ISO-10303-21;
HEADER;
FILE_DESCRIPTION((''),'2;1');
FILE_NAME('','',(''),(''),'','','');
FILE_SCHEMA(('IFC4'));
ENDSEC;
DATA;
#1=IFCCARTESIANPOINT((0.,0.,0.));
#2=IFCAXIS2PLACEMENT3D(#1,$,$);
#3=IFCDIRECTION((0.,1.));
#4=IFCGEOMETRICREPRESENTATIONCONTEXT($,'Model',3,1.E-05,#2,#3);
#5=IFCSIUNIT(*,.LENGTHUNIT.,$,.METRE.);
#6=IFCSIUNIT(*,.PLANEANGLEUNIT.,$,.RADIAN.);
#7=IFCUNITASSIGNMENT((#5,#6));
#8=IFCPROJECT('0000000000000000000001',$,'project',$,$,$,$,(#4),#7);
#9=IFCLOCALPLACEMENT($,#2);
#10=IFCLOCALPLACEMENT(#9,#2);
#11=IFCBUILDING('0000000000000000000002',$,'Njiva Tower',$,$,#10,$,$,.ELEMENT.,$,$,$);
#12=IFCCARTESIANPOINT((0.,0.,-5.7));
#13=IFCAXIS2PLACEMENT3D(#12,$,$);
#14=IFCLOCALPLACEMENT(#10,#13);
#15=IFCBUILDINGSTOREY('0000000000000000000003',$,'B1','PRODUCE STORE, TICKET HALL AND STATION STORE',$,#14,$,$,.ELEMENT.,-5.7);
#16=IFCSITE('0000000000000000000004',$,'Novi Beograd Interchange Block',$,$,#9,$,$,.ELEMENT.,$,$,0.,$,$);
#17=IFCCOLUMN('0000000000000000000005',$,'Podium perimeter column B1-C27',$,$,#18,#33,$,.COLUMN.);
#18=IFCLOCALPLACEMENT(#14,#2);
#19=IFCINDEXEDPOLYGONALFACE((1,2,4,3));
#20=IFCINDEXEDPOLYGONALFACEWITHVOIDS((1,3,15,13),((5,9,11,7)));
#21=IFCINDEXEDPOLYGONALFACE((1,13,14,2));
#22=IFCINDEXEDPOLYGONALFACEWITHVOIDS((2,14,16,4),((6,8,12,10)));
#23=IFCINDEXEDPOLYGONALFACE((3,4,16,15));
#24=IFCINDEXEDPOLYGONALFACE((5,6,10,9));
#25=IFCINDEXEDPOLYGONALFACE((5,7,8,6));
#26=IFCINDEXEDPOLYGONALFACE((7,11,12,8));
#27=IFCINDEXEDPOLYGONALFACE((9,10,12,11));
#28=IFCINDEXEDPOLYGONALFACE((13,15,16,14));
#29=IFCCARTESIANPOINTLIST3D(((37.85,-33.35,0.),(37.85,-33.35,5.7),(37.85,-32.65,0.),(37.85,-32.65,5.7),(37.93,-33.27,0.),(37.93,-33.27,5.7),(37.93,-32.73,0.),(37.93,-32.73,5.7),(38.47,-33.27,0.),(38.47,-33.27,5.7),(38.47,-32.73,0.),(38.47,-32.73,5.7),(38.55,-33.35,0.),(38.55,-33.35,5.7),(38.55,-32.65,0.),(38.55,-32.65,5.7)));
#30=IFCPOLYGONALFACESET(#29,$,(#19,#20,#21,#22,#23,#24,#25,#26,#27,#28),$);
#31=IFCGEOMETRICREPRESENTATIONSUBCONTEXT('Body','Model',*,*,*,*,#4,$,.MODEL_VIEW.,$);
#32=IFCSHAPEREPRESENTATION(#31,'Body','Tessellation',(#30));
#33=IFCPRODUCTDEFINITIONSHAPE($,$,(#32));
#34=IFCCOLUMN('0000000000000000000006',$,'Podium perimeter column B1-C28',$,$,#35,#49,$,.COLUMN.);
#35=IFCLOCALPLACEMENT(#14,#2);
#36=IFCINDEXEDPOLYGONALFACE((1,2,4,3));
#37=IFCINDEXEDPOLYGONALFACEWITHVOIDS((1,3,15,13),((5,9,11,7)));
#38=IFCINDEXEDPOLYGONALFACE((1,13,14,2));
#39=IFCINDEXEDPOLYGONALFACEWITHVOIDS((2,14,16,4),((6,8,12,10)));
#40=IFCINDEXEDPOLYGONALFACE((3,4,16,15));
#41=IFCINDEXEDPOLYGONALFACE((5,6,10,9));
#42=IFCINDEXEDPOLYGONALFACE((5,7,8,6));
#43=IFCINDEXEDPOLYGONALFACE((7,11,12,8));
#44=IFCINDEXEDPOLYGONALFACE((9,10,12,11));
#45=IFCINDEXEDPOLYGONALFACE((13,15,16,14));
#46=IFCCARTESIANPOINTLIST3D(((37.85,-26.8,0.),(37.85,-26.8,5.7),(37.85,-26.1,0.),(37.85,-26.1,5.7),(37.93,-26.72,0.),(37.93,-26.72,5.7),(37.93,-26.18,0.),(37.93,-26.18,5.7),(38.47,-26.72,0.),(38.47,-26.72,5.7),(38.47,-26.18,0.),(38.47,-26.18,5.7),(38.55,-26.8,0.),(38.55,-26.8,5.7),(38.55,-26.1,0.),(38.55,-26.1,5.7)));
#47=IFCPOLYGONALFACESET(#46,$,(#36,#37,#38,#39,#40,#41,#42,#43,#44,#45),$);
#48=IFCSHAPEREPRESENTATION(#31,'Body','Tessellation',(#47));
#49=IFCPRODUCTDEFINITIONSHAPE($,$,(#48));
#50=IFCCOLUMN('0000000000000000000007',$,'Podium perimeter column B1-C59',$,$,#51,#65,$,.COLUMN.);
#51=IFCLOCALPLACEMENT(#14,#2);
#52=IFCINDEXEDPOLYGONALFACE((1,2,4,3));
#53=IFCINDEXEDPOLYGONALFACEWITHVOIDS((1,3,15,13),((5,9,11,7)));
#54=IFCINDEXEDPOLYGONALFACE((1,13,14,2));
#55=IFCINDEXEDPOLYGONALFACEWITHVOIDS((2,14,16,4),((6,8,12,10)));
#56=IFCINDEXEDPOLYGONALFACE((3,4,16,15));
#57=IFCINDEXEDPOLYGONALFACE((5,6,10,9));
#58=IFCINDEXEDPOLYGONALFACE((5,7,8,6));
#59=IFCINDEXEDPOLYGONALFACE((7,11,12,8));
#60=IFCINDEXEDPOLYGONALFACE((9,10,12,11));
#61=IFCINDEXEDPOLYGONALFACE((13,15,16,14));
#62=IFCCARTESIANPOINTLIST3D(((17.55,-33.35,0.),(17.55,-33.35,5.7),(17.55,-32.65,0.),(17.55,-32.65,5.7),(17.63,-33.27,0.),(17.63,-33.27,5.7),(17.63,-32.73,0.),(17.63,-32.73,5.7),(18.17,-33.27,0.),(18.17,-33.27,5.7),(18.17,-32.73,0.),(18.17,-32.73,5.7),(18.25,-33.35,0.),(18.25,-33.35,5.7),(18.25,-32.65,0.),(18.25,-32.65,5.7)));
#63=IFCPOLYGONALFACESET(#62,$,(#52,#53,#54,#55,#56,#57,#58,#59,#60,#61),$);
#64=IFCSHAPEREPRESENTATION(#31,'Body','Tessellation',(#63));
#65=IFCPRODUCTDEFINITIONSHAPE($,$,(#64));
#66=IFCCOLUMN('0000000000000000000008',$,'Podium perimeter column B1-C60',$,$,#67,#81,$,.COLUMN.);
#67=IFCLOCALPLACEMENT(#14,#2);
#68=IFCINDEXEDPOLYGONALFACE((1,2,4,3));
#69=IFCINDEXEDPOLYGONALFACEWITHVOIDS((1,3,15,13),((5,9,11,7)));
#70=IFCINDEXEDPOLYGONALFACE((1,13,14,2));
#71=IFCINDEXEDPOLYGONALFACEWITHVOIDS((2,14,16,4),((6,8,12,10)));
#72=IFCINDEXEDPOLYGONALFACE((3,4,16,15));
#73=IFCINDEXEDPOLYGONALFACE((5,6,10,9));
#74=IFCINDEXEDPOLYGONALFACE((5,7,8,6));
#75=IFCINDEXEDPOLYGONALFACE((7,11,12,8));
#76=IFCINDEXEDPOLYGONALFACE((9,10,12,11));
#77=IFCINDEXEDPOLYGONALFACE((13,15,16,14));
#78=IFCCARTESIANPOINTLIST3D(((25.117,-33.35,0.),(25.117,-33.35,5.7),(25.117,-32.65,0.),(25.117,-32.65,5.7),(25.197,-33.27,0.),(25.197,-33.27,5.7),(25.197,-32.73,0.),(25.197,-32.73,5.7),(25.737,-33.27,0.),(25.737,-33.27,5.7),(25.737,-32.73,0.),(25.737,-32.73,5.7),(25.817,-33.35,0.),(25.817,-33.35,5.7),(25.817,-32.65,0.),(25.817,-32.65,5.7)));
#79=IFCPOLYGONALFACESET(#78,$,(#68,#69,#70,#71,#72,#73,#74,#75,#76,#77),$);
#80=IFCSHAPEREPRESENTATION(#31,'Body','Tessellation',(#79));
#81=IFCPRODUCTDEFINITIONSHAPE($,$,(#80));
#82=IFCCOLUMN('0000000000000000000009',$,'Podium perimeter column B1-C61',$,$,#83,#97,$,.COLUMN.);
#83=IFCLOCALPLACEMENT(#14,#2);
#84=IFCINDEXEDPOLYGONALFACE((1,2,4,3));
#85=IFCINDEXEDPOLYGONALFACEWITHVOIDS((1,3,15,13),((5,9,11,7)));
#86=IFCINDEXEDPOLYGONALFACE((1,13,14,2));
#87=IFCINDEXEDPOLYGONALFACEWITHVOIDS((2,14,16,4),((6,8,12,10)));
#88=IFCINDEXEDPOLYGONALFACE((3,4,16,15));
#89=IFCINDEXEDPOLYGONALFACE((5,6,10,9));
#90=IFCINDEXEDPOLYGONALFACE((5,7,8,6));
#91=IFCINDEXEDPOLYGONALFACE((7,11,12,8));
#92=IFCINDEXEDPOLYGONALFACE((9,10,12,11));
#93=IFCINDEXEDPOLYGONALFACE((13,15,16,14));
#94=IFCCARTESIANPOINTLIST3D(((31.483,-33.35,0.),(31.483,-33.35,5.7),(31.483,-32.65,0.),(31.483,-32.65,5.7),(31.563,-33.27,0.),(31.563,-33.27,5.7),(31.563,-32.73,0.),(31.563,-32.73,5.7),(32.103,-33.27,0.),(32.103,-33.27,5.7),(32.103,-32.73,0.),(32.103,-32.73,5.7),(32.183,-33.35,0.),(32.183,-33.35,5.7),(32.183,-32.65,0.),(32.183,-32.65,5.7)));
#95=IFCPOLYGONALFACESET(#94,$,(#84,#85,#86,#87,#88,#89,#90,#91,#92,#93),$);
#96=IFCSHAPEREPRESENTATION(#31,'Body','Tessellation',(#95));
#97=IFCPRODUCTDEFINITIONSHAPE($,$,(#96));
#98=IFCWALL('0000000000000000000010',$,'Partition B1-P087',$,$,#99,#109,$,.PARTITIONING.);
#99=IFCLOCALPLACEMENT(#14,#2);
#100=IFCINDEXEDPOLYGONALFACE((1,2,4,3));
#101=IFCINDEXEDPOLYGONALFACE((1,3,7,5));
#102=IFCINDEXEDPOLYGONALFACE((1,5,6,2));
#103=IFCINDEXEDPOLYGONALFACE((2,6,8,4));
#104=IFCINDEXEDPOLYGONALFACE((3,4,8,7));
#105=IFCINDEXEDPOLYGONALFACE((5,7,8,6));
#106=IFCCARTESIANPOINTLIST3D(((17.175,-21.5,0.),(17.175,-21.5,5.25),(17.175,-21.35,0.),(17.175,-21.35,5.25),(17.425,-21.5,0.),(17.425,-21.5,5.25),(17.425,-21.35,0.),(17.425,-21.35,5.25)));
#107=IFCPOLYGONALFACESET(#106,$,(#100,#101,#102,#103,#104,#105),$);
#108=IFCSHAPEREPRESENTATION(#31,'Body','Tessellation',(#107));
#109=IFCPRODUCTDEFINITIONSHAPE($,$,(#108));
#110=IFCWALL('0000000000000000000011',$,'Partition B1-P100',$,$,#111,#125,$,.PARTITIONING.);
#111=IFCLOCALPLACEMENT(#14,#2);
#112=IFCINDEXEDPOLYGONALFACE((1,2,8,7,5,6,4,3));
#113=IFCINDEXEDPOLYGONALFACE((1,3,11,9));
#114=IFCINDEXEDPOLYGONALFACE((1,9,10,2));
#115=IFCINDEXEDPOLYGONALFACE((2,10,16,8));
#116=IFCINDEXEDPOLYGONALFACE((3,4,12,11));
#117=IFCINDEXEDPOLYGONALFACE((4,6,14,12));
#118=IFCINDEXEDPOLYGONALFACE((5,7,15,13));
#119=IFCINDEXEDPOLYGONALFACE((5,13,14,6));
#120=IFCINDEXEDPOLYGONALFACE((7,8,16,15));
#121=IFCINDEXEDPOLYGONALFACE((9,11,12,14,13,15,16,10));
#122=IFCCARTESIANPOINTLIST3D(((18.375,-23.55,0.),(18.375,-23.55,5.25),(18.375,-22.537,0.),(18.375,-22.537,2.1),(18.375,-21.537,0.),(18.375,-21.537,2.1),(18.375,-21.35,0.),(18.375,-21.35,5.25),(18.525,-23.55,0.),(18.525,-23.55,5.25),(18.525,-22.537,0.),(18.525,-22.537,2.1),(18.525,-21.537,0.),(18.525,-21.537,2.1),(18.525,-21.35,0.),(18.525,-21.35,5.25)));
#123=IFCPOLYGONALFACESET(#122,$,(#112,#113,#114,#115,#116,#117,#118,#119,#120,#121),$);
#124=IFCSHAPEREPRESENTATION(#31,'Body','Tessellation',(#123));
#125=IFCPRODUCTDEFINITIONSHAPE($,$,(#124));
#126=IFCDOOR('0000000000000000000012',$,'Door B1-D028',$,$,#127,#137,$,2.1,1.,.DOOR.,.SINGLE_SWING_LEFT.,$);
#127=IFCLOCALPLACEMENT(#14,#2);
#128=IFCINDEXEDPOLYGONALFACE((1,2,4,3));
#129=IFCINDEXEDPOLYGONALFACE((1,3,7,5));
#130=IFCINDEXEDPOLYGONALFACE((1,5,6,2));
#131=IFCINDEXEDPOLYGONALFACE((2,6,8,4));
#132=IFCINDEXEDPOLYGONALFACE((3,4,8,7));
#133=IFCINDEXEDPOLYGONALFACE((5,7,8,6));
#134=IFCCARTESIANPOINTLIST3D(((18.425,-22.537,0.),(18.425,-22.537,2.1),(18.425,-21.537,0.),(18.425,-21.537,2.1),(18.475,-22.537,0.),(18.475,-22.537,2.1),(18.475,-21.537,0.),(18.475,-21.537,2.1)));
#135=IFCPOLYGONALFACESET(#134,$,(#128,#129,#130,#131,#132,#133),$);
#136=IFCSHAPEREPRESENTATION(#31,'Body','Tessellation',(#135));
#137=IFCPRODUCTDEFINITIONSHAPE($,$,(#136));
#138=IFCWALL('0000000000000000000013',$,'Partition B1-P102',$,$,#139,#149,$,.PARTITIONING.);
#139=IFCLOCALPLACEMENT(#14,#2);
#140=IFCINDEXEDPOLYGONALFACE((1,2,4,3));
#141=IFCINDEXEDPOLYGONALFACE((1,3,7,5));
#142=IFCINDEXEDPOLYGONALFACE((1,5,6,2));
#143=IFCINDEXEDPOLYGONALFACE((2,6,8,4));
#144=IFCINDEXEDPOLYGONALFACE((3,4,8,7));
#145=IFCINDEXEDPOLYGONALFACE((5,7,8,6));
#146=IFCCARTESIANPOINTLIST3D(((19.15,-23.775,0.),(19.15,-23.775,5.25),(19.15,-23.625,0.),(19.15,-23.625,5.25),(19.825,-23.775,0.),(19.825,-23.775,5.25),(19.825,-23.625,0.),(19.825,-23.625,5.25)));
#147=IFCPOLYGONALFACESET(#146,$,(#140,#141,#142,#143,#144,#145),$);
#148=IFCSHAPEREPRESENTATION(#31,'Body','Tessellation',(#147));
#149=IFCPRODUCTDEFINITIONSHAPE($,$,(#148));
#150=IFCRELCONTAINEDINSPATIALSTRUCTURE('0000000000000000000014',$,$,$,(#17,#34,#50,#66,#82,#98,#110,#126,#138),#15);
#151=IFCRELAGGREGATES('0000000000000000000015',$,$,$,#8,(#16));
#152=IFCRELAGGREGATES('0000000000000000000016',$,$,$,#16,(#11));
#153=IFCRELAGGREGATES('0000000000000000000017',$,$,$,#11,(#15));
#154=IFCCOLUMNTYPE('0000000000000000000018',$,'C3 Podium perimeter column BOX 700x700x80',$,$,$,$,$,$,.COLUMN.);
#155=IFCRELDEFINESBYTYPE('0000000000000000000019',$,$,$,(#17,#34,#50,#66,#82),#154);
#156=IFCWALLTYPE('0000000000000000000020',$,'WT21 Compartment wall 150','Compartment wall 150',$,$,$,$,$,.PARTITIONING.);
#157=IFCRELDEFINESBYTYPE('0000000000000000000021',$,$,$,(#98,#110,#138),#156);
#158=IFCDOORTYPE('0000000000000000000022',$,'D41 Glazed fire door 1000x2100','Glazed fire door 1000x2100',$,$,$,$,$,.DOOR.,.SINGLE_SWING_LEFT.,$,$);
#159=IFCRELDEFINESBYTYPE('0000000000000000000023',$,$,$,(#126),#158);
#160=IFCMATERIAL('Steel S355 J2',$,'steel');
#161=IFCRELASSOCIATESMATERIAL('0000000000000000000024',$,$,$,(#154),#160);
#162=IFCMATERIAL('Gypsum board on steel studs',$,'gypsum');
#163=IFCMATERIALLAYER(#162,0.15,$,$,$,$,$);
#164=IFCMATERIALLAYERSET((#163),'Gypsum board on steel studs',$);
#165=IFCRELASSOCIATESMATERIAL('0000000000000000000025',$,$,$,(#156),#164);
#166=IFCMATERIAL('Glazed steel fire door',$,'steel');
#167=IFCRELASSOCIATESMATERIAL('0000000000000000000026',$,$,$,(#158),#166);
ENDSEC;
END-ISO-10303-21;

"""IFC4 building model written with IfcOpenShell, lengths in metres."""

from ifc_helpers import new_model, si_unit, direction, frame, frame_2d, origin, origin_2d, place, context, subcontext, project, spatial, rectangle, hollow_rectangle, extrude, material, layer, layer_set, material_profile, profile_set, type_object, element, fill, save


model = new_model("IFC4")

# Units and contexts
model_context = context("Model", 3, precision=1e-05, world=origin(), true_north=direction((0.0, 1.0)))
body_context = subcontext(model_context, "Body", "Model", "MODEL_VIEW")
ifc_project = project(units=[si_unit("LENGTHUNIT", "METRE"), si_unit("PLANEANGLEUNIT", "RADIAN")], contexts=[model_context])

# Site, building, storey
site_placement = place(None, origin())
site = spatial("IfcSite", under=ifc_project, at=site_placement, Name="Novi Beograd Interchange Block", CompositionType="ELEMENT", RefElevation=0.0)
building_placement = place(site_placement, origin())
building = spatial("IfcBuilding", under=site, at=building_placement, Name="Njiva Tower", CompositionType="ELEMENT")
storey_placement = place(building_placement, frame((0.0, 0.0, -5.7)))
storey = spatial("IfcBuildingStorey", under=building, at=storey_placement, Name="B1", Description="PRODUCE STORE, TICKET HALL AND STATION STORE", CompositionType="ELEMENT", Elevation=-5.7)

# Columns
ifc_material_1 = material(Name="Steel S355 J2", Category="steel")
ifc_material_profile = material_profile(ifc_material_1, hollow_rectangle(XDim=0.7, YDim=0.7, WallThickness=0.08, at=origin_2d()), Name="BOX 700x700x80")
ifc_profile_set = profile_set([ifc_material_profile], Name="Steel S355 J2")
column_type = type_object("IfcColumnType", Name="C3 Podium perimeter column BOX 700x700x80", PredefinedType="COLUMN", material=ifc_profile_set)
for number, where, z_axis, x_axis, name in (
    (1, (38.2, -33.0, 0.0), (0.0, 0.0, 1.0), (0.0, 1.0, 0.0), "Podium perimeter column B1-C27"),
    (2, (38.2, -26.45, 0.0), (0.0, 0.0, 1.0), (0.0, 1.0, 0.0), "Podium perimeter column B1-C28"),
    (3, (17.9, -33.0, 0.0), (0.0, 0.0, 1.0), (1.0, 0.0, 0.0), "Podium perimeter column B1-C59"),
    (4, (25.467, -33.0, 0.0), (0.0, 0.0, 1.0), (1.0, 0.0, 0.0), "Podium perimeter column B1-C60"),
    (5, (31.833, -33.0, 0.0), (0.0, 0.0, 1.0), (1.0, 0.0, 0.0), "Podium perimeter column B1-C61"),
):
    element("IfcColumn", number, at=place(storey_placement, frame(where, z_axis=z_axis, x_axis=x_axis)), inside=storey, type_object=column_type, Name=name, PredefinedType="COLUMN", context=body_context, shape_type="SweptSolid", body=[
        extrude(hollow_rectangle(XDim=0.7, YDim=0.7, WallThickness=0.08, at=origin_2d()), origin(), (0.0, 0.0, 1.0), 5.7),
    ])

# Wall
ifc_material_2 = material(Name="Gypsum board on steel studs", Category="gypsum")
ifc_layer_1 = layer(ifc_material_2, 0.15)
ifc_layer_set_1 = layer_set([ifc_layer_1], Name="Gypsum board on steel studs")
wall_type_1 = type_object("IfcWallType", Name="WT21 Compartment wall 150", Description="Compartment wall 150", PredefinedType="PARTITIONING", material=ifc_layer_set_1)
wall_1_placement = place(storey_placement, frame((17.175, -21.425, 0.0), z_axis=(0.0, 0.0, 1.0), x_axis=(1.0, 0.0, 0.0)))
element("IfcWall", 6, at=wall_1_placement, inside=storey, type_object=wall_type_1, Name="Partition B1-P087", PredefinedType="PARTITIONING", context=body_context, shape_type="SweptSolid", body=[
    extrude(rectangle(XDim=0.25, YDim=0.15, at=frame_2d((0.125, 0.0))), origin(), (0.0, 0.0, 1.0), 5.25),
])

# Wall, opening, door
wall_2_placement = place(storey_placement, frame((18.45, -23.55, 0.0), z_axis=(0.0, 0.0, 1.0), x_axis=(0.0, 1.0, 0.0)))
wall_2 = element("IfcWall", 7, at=wall_2_placement, inside=storey, type_object=wall_type_1, Name="Partition B1-P100", PredefinedType="PARTITIONING", context=body_context, shape_type="SweptSolid", body=[
    extrude(rectangle(XDim=2.2, YDim=0.15, at=frame_2d((1.1, 0.0))), origin(), (0.0, 0.0, 1.0), 5.25),
])
opening_1_placement = place(wall_2_placement, frame((1.013, 0.0, 0.0)))
opening_1 = element("IfcOpeningElement", 8, at=opening_1_placement, cuts=wall_2, PredefinedType="OPENING", context=body_context, shape_type="SweptSolid", body=[
    extrude(rectangle(XDim=1.0, YDim=2.1, at=frame_2d((0.5, 1.05))), frame((0.0, 0.085, 0.0), z_axis=(0.0, -1.0, 0.0), x_axis=(1.0, 0.0, 0.0)), (0.0, 0.0, 1.0), 0.17),
])
ifc_material_3 = material(Name="Glazed steel fire door", Category="steel")
door_type_1 = type_object("IfcDoorType", Name="D41 Glazed fire door 1000x2100", Description="Glazed fire door 1000x2100", OperationType="SINGLE_SWING_LEFT", PredefinedType="DOOR", material=ifc_material_3)
door_1_placement = place(opening_1_placement, origin())
door_1 = element("IfcDoor", 9, at=door_1_placement, inside=storey, type_object=door_type_1, Name="Door B1-D028", OperationType="SINGLE_SWING_LEFT", OverallHeight=2.1, OverallWidth=1.0, PredefinedType="DOOR", context=body_context, shape_type="SweptSolid", body=[
    extrude(rectangle(XDim=1.0, YDim=2.1, at=frame_2d((0.5, 1.05))), frame((0.0, 0.025, 0.0), z_axis=(0.0, -1.0, 0.0), x_axis=(1.0, 0.0, 0.0)), (0.0, 0.0, 1.0), 0.05),
])
fill(opening_1, door_1)

# Wall
wall_3_placement = place(storey_placement, frame((19.15, -23.7, 0.0), z_axis=(0.0, 0.0, 1.0), x_axis=(1.0, 0.0, 0.0)))
element("IfcWall", 10, at=wall_3_placement, inside=storey, type_object=wall_type_1, Name="Partition B1-P102", PredefinedType="PARTITIONING", context=body_context, shape_type="SweptSolid", body=[
    extrude(rectangle(XDim=0.675, YDim=0.15, at=frame_2d((0.3375, 0.0))), origin(), (0.0, 0.0, 1.0), 5.25),
])

save(model, "model.ifc")
